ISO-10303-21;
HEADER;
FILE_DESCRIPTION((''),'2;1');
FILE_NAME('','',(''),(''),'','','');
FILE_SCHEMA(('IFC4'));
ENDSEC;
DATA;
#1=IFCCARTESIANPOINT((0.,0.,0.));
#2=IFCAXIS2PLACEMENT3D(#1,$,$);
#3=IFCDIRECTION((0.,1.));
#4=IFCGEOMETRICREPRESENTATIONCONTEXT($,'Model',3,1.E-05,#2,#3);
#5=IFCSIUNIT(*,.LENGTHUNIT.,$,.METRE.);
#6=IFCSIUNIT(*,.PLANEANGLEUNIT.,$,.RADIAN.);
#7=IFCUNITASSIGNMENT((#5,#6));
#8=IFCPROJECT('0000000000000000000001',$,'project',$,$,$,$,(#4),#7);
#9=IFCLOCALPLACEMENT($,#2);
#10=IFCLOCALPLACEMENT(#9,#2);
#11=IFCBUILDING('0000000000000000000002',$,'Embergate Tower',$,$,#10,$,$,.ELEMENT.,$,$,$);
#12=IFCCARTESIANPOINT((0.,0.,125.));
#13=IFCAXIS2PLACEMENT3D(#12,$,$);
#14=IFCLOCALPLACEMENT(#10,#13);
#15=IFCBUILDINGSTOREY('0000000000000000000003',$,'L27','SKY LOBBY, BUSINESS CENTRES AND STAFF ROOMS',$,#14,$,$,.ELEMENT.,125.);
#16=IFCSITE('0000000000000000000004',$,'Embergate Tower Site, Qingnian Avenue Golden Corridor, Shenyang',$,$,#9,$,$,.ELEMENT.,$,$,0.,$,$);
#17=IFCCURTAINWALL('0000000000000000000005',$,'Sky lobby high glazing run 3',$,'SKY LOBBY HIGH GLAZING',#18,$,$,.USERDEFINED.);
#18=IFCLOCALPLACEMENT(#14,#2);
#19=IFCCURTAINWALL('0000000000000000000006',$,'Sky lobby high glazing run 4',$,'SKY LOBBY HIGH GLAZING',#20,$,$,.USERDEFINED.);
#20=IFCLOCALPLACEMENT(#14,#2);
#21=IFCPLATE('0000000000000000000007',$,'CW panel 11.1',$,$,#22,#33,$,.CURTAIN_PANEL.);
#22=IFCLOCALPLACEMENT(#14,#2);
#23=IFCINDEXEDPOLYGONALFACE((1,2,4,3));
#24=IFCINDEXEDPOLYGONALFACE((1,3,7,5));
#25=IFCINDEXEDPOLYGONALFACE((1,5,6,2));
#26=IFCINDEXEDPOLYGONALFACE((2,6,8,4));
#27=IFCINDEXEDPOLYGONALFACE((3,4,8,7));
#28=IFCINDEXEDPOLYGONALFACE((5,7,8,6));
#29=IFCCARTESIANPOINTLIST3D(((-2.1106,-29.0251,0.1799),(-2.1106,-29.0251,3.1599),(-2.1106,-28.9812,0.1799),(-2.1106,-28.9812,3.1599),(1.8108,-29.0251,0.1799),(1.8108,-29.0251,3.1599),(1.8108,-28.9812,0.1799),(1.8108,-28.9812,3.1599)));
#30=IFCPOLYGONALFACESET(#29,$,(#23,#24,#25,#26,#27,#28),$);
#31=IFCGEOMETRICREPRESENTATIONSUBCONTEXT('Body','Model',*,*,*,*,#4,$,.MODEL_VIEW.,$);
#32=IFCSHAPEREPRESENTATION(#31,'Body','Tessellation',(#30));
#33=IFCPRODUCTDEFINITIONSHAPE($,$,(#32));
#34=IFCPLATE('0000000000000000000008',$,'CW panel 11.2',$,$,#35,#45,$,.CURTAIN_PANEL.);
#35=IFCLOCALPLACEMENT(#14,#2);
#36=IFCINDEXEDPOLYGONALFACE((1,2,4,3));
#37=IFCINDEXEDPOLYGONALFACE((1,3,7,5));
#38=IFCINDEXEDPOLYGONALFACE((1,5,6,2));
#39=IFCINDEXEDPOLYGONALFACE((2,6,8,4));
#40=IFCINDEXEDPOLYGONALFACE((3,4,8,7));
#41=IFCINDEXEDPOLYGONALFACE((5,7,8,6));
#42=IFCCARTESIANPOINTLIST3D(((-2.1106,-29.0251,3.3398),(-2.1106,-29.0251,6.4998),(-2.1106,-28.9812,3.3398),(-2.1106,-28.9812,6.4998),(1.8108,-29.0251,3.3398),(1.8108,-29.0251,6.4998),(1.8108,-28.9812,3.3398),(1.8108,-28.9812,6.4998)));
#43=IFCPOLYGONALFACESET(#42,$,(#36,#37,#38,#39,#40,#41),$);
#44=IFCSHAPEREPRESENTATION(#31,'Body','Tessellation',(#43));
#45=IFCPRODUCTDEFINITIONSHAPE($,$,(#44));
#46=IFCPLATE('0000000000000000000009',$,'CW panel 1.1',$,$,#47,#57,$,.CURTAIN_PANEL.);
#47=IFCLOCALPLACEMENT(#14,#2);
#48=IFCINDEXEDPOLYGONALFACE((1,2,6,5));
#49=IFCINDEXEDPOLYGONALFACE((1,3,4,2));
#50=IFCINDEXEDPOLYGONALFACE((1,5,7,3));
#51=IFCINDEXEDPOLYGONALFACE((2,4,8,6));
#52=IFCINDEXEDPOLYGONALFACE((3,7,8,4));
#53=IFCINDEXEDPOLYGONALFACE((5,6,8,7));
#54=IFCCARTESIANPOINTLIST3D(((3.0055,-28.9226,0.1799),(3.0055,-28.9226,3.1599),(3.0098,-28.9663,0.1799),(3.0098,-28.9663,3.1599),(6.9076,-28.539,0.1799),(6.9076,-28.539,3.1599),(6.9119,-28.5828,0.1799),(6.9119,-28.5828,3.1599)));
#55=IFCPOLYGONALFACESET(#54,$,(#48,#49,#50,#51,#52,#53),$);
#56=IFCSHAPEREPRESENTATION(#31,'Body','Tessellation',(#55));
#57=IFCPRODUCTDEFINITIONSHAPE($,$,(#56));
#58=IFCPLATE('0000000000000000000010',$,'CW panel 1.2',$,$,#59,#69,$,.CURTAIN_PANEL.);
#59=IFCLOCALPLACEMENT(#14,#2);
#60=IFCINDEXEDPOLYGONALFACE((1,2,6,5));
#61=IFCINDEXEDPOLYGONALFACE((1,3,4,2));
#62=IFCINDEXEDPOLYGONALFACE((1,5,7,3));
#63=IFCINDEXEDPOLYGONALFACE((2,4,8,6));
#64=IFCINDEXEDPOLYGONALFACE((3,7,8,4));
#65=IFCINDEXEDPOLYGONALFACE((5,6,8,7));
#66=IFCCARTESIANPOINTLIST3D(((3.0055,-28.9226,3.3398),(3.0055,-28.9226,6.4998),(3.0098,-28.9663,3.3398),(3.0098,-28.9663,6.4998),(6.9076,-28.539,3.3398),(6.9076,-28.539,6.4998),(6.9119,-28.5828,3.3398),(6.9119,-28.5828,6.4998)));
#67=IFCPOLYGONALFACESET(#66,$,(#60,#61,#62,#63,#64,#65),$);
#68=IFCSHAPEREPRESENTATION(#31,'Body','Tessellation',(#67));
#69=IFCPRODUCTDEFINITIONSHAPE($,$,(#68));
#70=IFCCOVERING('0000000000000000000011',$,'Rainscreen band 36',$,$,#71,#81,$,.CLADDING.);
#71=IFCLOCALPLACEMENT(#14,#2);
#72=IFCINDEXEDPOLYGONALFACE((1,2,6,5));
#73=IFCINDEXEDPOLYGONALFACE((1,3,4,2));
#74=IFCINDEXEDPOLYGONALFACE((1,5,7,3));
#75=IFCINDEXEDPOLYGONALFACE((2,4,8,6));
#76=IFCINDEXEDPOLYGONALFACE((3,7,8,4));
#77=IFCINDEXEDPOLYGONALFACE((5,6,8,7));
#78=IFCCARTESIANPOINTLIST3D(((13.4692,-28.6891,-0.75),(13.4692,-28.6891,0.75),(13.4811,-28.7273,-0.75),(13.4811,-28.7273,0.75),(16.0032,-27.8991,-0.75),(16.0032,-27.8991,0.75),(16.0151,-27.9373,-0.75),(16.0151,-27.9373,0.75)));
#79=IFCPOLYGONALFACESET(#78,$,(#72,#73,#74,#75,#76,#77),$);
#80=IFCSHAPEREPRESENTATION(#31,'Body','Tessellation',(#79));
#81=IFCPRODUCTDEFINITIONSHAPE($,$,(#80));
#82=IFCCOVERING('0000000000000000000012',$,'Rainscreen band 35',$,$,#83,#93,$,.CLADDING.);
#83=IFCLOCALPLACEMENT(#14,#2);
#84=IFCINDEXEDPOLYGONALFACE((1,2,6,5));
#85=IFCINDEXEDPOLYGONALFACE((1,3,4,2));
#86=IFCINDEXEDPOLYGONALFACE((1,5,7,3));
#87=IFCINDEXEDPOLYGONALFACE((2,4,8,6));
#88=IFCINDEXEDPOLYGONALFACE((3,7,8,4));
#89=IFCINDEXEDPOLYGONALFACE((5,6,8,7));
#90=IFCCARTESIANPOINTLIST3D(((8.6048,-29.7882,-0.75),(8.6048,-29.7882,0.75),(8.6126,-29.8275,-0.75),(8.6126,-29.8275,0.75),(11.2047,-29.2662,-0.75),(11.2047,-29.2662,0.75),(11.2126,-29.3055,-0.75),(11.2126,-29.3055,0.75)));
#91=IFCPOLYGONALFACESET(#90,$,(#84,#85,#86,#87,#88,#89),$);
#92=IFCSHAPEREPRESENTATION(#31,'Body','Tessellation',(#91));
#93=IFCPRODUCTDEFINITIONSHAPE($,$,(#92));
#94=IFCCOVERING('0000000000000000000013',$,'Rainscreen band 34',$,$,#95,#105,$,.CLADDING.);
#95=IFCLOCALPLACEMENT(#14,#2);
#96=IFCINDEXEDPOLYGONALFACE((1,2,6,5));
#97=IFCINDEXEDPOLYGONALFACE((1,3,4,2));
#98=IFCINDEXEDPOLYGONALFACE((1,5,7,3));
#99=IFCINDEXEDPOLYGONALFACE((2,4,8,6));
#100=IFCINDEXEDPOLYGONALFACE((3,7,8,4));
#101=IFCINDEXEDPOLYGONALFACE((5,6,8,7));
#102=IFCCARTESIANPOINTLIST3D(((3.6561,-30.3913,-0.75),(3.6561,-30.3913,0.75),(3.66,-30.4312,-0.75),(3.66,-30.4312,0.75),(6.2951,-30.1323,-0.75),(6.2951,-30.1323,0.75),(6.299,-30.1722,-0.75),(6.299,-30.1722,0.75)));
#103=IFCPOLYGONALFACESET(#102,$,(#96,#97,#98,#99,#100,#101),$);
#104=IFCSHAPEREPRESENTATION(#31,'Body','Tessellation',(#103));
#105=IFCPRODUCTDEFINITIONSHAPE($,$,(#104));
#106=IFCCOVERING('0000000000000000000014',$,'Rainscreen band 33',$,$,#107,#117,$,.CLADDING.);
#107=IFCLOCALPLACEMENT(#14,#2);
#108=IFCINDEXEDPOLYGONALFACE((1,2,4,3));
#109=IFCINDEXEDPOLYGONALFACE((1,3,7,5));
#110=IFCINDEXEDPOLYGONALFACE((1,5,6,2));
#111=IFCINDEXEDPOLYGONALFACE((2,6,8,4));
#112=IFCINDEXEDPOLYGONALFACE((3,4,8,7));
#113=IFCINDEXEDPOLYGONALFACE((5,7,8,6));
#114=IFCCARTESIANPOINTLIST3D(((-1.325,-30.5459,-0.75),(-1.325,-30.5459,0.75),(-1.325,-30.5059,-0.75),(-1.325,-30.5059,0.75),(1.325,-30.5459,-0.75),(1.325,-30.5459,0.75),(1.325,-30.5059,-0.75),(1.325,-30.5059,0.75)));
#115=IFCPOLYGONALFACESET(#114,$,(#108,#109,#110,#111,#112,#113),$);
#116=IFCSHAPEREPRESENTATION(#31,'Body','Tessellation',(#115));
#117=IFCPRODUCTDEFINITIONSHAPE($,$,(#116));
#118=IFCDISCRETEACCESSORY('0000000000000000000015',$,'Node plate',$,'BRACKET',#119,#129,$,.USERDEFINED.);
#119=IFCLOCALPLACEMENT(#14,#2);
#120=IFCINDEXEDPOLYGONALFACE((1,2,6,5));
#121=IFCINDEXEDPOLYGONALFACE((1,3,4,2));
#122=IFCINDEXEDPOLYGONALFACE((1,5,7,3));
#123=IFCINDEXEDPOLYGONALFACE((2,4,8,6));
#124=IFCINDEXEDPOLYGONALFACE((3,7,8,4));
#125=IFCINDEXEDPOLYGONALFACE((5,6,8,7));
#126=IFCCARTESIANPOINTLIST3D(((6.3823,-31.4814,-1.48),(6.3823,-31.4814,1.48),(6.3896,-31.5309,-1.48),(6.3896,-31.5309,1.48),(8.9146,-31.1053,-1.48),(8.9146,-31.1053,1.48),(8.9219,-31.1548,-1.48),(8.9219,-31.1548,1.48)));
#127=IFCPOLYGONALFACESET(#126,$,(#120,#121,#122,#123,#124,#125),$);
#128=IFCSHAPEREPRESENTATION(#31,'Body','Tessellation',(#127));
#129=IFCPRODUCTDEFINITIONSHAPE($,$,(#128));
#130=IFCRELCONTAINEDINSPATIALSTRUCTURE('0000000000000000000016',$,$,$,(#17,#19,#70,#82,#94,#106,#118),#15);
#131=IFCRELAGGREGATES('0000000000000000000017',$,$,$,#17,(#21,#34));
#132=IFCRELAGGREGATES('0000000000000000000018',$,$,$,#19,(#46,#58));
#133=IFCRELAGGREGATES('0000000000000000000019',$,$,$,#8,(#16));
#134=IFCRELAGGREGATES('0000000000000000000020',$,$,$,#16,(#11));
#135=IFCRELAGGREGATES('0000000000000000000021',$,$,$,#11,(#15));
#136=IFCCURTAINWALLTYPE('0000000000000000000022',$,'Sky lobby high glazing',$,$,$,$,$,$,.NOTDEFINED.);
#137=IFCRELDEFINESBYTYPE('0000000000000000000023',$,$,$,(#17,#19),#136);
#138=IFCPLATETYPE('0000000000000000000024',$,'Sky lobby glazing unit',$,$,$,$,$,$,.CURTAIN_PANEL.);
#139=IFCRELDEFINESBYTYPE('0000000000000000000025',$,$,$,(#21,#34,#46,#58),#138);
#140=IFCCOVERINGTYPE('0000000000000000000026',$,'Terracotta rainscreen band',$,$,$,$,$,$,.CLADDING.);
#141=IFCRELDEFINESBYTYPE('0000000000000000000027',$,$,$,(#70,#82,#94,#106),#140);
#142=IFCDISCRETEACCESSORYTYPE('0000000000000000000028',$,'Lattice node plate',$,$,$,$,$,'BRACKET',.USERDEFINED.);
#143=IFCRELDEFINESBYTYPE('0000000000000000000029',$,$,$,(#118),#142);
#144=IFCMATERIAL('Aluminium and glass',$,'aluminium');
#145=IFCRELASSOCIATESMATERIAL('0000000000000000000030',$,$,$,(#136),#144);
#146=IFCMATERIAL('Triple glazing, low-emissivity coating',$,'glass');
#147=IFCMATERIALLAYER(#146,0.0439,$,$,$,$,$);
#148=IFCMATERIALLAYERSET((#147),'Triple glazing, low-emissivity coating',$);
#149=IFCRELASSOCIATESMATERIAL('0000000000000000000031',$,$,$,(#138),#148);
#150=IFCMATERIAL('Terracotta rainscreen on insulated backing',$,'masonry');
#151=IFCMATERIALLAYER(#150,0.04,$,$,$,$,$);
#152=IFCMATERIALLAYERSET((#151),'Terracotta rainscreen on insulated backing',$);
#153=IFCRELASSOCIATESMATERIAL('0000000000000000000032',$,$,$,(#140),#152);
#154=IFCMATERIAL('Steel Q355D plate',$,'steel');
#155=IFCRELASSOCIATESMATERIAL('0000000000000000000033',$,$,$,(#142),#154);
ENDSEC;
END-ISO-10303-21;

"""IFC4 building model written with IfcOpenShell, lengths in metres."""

from ifc_helpers import new_model, si_unit, direction, frame, origin, origin_2d, place, context, subcontext, project, spatial, rectangle, extrude, source, transform, mapped, material, layer, layer_set, type_object, element, aggregate, save


model = new_model("IFC4")

# Units and contexts
model_context = context("Model", 3, precision=1e-05, world=origin(), true_north=direction((0.0, 1.0)))
body_context = subcontext(model_context, "Body", "Model", "MODEL_VIEW")
ifc_project = project(units=[si_unit("LENGTHUNIT", "METRE"), si_unit("PLANEANGLEUNIT", "RADIAN")], contexts=[model_context])

# Site, building, storey
site_placement = place(None, origin())
site = spatial("IfcSite", under=ifc_project, at=site_placement, Name="Embergate Tower Site, Qingnian Avenue Golden Corridor, Shenyang", CompositionType="ELEMENT", RefElevation=0.0)
building_placement = place(site_placement, origin())
building = spatial("IfcBuilding", under=site, at=building_placement, Name="Embergate Tower", CompositionType="ELEMENT")
storey_placement = place(building_placement, frame((0.0, 0.0, 125.0)))
storey = spatial("IfcBuildingStorey", under=building, at=storey_placement, Name="L27", Description="SKY LOBBY, BUSINESS CENTRES AND STAFF ROOMS", CompositionType="ELEMENT", Elevation=125.0)

# Curtain wall
ifc_material_1 = material(Name="Aluminium and glass", Category="aluminium")
curtain_wall_type = type_object("IfcCurtainWallType", Name="Sky lobby high glazing", PredefinedType="NOTDEFINED", material=ifc_material_1)
curtain_wall_1_placement = place(storey_placement, origin())
curtain_wall_1 = element("IfcCurtainWall", 1, at=curtain_wall_1_placement, inside=storey, type_object=curtain_wall_type, Name="Sky lobby high glazing run 3", ObjectType="SKY LOBBY HIGH GLAZING", PredefinedType="USERDEFINED")

# Curtain wall
curtain_wall_2_placement = place(storey_placement, origin())
curtain_wall_2 = element("IfcCurtainWall", 2, at=curtain_wall_2_placement, inside=storey, type_object=curtain_wall_type, Name="Sky lobby high glazing run 4", ObjectType="SKY LOBBY HIGH GLAZING", PredefinedType="USERDEFINED")
ifc_material_2 = material(Name="Triple glazing, low-emissivity coating", Category="glass")
ifc_layer_1 = layer(ifc_material_2, 0.0439)
ifc_layer_set_1 = layer_set([ifc_layer_1], Name="Triple glazing, low-emissivity coating")
plate_type = type_object("IfcPlateType", Name="Sky lobby glazing unit", PredefinedType="CURTAIN_PANEL", material=ifc_layer_set_1)

# Plates
shared_shape_1 = source(origin(), body_context, "Body", "SweptSolid", [
    extrude(rectangle(XDim=3.9214, YDim=0.0439, at=origin_2d()), origin(), (0.0, 0.0, 1.0), 2.98),
])
plate_1_placement = place(storey_placement, frame((-0.1499, -29.0032, 0.1799), z_axis=(0.0, 0.0, 1.0), x_axis=(1.0, 0.0, 0.0)))
plate_1 = element("IfcPlate", 3, at=plate_1_placement, type_object=plate_type, Name="CW panel 11.1", PredefinedType="CURTAIN_PANEL", context=body_context, shape_type="MappedRepresentation", body=[
    mapped(shared_shape_1, transform((0.0, 0.0, 0.0))),
])
shared_shape_2 = source(origin(), body_context, "Body", "SweptSolid", [
    extrude(rectangle(XDim=3.9214, YDim=0.0439, at=origin_2d()), origin(), (0.0, 0.0, 1.0), 3.1599),
])
plate_2_placement = place(storey_placement, frame((-0.1499, -29.0032, 3.3398), z_axis=(0.0, 0.0, 1.0), x_axis=(1.0, 0.0, 0.0)))
plate_2 = element("IfcPlate", 4, at=plate_2_placement, type_object=plate_type, Name="CW panel 11.2", PredefinedType="CURTAIN_PANEL", context=body_context, shape_type="MappedRepresentation", body=[
    mapped(shared_shape_2, transform((0.0, 0.0, 0.0))),
])
aggregate(curtain_wall_1, [plate_1, plate_2])
shared_shape_3 = source(origin(), body_context, "Body", "SweptSolid", [
    extrude(rectangle(XDim=3.9209, YDim=0.0439, at=origin_2d()), origin(), (0.0, 0.0, 1.0), 2.98),
])
plate_3_placement = place(storey_placement, frame((4.9587, -28.7527, 0.1799), z_axis=(0.0, 0.0, 1.0), x_axis=(0.995203, 0.097828, 0.0)))
plate_3 = element("IfcPlate", 5, at=plate_3_placement, type_object=plate_type, Name="CW panel 1.1", PredefinedType="CURTAIN_PANEL", context=body_context, shape_type="MappedRepresentation", body=[
    mapped(shared_shape_3, transform((0.0, 0.0, 0.0))),
])
shared_shape_4 = source(origin(), body_context, "Body", "SweptSolid", [
    extrude(rectangle(XDim=3.9209, YDim=0.0439, at=origin_2d()), origin(), (0.0, 0.0, 1.0), 3.1599),
])
plate_4_placement = place(storey_placement, frame((4.9587, -28.7527, 3.3398), z_axis=(0.0, 0.0, 1.0), x_axis=(0.995203, 0.097828, 0.0)))
plate_4 = element("IfcPlate", 6, at=plate_4_placement, type_object=plate_type, Name="CW panel 1.2", PredefinedType="CURTAIN_PANEL", context=body_context, shape_type="MappedRepresentation", body=[
    mapped(shared_shape_4, transform((0.0, 0.0, 0.0))),
])
aggregate(curtain_wall_2, [plate_3, plate_4])

# Coverings
ifc_material_3 = material(Name="Terracotta rainscreen on insulated backing", Category="masonry")
ifc_layer_2 = layer(ifc_material_3, 0.04)
ifc_layer_set_2 = layer_set([ifc_layer_2], Name="Terracotta rainscreen on insulated backing")
covering_type = type_object("IfcCoveringType", Name="Terracotta rainscreen band", PredefinedType="CLADDING", material=ifc_layer_set_2)
shared_shape_5 = source(origin(), body_context, "Body", "SweptSolid", [
    extrude(rectangle(XDim=2.6543, YDim=0.04, at=origin_2d()), origin(), (0.0, 0.0, 1.0), 1.5),
])
covering_1_placement = place(storey_placement, frame((14.7422, -28.3132, -0.75), z_axis=(0.0, 0.0, 1.0), x_axis=(0.954681, 0.297631, 0.0)))
element("IfcCovering", 7, at=covering_1_placement, inside=storey, type_object=covering_type, Name="Rainscreen band 36", PredefinedType="CLADDING", context=body_context, shape_type="MappedRepresentation", body=[
    mapped(shared_shape_5, transform((0.0, 0.0, 0.0))),
])
shared_shape_6 = source(origin(), body_context, "Body", "SweptSolid", [
    extrude(rectangle(XDim=2.6519, YDim=0.04, at=origin_2d()), origin(), (0.0, 0.0, 1.0), 1.5),
])
covering_2_placement = place(storey_placement, frame((9.9087, -29.5469, -0.75), z_axis=(0.0, 0.0, 1.0), x_axis=(0.980435, 0.196841, 0.0)))
element("IfcCovering", 8, at=covering_2_placement, inside=storey, type_object=covering_type, Name="Rainscreen band 35", PredefinedType="CLADDING", context=body_context, shape_type="MappedRepresentation", body=[
    mapped(shared_shape_6, transform((0.0, 0.0, 0.0))),
])
shared_shape_7 = source(origin(), body_context, "Body", "SweptSolid", [
    extrude(rectangle(XDim=2.6516, YDim=0.04, at=origin_2d()), origin(), (0.0, 0.0, 1.0), 1.5),
])
covering_3_placement = place(storey_placement, frame((4.9775, -30.2817, -0.75), z_axis=(0.0, 0.0, 1.0), x_axis=(0.995219, 0.097673, 0.0)))
element("IfcCovering", 9, at=covering_3_placement, inside=storey, type_object=covering_type, Name="Rainscreen band 34", PredefinedType="CLADDING", context=body_context, shape_type="MappedRepresentation", body=[
    mapped(shared_shape_7, transform((0.0, 0.0, 0.0))),
])
shared_shape_8 = source(origin(), body_context, "Body", "SweptSolid", [
    extrude(rectangle(XDim=2.6499, YDim=0.04, at=origin_2d()), origin(), (0.0, 0.0, 1.0), 1.5),
])
covering_4_placement = place(storey_placement, frame((0.0, -30.5259, -0.75), z_axis=(0.0, 0.0, 1.0), x_axis=(1.0, 0.0, 0.0)))
element("IfcCovering", 10, at=covering_4_placement, inside=storey, type_object=covering_type, Name="Rainscreen band 33", PredefinedType="CLADDING", context=body_context, shape_type="MappedRepresentation", body=[
    mapped(shared_shape_8, transform((0.0, 0.0, 0.0))),
])

# Discrete accessory
ifc_material_4 = material(Name="Steel Q355D plate", Category="steel")
discrete_accessory_type = type_object("IfcDiscreteAccessoryType", Name="Lattice node plate", ElementType="BRACKET", PredefinedType="USERDEFINED", material=ifc_material_4)
shared_shape_9 = source(origin(), body_context, "Body", "SweptSolid", [
    extrude(rectangle(XDim=2.5601, YDim=0.05, at=origin_2d()), origin(), (0.0, 0.0, 1.0), 2.96),
])
discrete_accessory_placement = place(storey_placement, frame((7.6521, -31.3181, -1.48), z_axis=(0.0, 0.0, 1.0), x_axis=(0.989147, 0.146929, 0.0)))
element("IfcDiscreteAccessory", 11, at=discrete_accessory_placement, inside=storey, type_object=discrete_accessory_type, Name="Node plate", ObjectType="BRACKET", PredefinedType="USERDEFINED", context=body_context, shape_type="MappedRepresentation", body=[
    mapped(shared_shape_9, transform((0.0, 0.0, 0.0))),
])

save(model, "model.ifc")
